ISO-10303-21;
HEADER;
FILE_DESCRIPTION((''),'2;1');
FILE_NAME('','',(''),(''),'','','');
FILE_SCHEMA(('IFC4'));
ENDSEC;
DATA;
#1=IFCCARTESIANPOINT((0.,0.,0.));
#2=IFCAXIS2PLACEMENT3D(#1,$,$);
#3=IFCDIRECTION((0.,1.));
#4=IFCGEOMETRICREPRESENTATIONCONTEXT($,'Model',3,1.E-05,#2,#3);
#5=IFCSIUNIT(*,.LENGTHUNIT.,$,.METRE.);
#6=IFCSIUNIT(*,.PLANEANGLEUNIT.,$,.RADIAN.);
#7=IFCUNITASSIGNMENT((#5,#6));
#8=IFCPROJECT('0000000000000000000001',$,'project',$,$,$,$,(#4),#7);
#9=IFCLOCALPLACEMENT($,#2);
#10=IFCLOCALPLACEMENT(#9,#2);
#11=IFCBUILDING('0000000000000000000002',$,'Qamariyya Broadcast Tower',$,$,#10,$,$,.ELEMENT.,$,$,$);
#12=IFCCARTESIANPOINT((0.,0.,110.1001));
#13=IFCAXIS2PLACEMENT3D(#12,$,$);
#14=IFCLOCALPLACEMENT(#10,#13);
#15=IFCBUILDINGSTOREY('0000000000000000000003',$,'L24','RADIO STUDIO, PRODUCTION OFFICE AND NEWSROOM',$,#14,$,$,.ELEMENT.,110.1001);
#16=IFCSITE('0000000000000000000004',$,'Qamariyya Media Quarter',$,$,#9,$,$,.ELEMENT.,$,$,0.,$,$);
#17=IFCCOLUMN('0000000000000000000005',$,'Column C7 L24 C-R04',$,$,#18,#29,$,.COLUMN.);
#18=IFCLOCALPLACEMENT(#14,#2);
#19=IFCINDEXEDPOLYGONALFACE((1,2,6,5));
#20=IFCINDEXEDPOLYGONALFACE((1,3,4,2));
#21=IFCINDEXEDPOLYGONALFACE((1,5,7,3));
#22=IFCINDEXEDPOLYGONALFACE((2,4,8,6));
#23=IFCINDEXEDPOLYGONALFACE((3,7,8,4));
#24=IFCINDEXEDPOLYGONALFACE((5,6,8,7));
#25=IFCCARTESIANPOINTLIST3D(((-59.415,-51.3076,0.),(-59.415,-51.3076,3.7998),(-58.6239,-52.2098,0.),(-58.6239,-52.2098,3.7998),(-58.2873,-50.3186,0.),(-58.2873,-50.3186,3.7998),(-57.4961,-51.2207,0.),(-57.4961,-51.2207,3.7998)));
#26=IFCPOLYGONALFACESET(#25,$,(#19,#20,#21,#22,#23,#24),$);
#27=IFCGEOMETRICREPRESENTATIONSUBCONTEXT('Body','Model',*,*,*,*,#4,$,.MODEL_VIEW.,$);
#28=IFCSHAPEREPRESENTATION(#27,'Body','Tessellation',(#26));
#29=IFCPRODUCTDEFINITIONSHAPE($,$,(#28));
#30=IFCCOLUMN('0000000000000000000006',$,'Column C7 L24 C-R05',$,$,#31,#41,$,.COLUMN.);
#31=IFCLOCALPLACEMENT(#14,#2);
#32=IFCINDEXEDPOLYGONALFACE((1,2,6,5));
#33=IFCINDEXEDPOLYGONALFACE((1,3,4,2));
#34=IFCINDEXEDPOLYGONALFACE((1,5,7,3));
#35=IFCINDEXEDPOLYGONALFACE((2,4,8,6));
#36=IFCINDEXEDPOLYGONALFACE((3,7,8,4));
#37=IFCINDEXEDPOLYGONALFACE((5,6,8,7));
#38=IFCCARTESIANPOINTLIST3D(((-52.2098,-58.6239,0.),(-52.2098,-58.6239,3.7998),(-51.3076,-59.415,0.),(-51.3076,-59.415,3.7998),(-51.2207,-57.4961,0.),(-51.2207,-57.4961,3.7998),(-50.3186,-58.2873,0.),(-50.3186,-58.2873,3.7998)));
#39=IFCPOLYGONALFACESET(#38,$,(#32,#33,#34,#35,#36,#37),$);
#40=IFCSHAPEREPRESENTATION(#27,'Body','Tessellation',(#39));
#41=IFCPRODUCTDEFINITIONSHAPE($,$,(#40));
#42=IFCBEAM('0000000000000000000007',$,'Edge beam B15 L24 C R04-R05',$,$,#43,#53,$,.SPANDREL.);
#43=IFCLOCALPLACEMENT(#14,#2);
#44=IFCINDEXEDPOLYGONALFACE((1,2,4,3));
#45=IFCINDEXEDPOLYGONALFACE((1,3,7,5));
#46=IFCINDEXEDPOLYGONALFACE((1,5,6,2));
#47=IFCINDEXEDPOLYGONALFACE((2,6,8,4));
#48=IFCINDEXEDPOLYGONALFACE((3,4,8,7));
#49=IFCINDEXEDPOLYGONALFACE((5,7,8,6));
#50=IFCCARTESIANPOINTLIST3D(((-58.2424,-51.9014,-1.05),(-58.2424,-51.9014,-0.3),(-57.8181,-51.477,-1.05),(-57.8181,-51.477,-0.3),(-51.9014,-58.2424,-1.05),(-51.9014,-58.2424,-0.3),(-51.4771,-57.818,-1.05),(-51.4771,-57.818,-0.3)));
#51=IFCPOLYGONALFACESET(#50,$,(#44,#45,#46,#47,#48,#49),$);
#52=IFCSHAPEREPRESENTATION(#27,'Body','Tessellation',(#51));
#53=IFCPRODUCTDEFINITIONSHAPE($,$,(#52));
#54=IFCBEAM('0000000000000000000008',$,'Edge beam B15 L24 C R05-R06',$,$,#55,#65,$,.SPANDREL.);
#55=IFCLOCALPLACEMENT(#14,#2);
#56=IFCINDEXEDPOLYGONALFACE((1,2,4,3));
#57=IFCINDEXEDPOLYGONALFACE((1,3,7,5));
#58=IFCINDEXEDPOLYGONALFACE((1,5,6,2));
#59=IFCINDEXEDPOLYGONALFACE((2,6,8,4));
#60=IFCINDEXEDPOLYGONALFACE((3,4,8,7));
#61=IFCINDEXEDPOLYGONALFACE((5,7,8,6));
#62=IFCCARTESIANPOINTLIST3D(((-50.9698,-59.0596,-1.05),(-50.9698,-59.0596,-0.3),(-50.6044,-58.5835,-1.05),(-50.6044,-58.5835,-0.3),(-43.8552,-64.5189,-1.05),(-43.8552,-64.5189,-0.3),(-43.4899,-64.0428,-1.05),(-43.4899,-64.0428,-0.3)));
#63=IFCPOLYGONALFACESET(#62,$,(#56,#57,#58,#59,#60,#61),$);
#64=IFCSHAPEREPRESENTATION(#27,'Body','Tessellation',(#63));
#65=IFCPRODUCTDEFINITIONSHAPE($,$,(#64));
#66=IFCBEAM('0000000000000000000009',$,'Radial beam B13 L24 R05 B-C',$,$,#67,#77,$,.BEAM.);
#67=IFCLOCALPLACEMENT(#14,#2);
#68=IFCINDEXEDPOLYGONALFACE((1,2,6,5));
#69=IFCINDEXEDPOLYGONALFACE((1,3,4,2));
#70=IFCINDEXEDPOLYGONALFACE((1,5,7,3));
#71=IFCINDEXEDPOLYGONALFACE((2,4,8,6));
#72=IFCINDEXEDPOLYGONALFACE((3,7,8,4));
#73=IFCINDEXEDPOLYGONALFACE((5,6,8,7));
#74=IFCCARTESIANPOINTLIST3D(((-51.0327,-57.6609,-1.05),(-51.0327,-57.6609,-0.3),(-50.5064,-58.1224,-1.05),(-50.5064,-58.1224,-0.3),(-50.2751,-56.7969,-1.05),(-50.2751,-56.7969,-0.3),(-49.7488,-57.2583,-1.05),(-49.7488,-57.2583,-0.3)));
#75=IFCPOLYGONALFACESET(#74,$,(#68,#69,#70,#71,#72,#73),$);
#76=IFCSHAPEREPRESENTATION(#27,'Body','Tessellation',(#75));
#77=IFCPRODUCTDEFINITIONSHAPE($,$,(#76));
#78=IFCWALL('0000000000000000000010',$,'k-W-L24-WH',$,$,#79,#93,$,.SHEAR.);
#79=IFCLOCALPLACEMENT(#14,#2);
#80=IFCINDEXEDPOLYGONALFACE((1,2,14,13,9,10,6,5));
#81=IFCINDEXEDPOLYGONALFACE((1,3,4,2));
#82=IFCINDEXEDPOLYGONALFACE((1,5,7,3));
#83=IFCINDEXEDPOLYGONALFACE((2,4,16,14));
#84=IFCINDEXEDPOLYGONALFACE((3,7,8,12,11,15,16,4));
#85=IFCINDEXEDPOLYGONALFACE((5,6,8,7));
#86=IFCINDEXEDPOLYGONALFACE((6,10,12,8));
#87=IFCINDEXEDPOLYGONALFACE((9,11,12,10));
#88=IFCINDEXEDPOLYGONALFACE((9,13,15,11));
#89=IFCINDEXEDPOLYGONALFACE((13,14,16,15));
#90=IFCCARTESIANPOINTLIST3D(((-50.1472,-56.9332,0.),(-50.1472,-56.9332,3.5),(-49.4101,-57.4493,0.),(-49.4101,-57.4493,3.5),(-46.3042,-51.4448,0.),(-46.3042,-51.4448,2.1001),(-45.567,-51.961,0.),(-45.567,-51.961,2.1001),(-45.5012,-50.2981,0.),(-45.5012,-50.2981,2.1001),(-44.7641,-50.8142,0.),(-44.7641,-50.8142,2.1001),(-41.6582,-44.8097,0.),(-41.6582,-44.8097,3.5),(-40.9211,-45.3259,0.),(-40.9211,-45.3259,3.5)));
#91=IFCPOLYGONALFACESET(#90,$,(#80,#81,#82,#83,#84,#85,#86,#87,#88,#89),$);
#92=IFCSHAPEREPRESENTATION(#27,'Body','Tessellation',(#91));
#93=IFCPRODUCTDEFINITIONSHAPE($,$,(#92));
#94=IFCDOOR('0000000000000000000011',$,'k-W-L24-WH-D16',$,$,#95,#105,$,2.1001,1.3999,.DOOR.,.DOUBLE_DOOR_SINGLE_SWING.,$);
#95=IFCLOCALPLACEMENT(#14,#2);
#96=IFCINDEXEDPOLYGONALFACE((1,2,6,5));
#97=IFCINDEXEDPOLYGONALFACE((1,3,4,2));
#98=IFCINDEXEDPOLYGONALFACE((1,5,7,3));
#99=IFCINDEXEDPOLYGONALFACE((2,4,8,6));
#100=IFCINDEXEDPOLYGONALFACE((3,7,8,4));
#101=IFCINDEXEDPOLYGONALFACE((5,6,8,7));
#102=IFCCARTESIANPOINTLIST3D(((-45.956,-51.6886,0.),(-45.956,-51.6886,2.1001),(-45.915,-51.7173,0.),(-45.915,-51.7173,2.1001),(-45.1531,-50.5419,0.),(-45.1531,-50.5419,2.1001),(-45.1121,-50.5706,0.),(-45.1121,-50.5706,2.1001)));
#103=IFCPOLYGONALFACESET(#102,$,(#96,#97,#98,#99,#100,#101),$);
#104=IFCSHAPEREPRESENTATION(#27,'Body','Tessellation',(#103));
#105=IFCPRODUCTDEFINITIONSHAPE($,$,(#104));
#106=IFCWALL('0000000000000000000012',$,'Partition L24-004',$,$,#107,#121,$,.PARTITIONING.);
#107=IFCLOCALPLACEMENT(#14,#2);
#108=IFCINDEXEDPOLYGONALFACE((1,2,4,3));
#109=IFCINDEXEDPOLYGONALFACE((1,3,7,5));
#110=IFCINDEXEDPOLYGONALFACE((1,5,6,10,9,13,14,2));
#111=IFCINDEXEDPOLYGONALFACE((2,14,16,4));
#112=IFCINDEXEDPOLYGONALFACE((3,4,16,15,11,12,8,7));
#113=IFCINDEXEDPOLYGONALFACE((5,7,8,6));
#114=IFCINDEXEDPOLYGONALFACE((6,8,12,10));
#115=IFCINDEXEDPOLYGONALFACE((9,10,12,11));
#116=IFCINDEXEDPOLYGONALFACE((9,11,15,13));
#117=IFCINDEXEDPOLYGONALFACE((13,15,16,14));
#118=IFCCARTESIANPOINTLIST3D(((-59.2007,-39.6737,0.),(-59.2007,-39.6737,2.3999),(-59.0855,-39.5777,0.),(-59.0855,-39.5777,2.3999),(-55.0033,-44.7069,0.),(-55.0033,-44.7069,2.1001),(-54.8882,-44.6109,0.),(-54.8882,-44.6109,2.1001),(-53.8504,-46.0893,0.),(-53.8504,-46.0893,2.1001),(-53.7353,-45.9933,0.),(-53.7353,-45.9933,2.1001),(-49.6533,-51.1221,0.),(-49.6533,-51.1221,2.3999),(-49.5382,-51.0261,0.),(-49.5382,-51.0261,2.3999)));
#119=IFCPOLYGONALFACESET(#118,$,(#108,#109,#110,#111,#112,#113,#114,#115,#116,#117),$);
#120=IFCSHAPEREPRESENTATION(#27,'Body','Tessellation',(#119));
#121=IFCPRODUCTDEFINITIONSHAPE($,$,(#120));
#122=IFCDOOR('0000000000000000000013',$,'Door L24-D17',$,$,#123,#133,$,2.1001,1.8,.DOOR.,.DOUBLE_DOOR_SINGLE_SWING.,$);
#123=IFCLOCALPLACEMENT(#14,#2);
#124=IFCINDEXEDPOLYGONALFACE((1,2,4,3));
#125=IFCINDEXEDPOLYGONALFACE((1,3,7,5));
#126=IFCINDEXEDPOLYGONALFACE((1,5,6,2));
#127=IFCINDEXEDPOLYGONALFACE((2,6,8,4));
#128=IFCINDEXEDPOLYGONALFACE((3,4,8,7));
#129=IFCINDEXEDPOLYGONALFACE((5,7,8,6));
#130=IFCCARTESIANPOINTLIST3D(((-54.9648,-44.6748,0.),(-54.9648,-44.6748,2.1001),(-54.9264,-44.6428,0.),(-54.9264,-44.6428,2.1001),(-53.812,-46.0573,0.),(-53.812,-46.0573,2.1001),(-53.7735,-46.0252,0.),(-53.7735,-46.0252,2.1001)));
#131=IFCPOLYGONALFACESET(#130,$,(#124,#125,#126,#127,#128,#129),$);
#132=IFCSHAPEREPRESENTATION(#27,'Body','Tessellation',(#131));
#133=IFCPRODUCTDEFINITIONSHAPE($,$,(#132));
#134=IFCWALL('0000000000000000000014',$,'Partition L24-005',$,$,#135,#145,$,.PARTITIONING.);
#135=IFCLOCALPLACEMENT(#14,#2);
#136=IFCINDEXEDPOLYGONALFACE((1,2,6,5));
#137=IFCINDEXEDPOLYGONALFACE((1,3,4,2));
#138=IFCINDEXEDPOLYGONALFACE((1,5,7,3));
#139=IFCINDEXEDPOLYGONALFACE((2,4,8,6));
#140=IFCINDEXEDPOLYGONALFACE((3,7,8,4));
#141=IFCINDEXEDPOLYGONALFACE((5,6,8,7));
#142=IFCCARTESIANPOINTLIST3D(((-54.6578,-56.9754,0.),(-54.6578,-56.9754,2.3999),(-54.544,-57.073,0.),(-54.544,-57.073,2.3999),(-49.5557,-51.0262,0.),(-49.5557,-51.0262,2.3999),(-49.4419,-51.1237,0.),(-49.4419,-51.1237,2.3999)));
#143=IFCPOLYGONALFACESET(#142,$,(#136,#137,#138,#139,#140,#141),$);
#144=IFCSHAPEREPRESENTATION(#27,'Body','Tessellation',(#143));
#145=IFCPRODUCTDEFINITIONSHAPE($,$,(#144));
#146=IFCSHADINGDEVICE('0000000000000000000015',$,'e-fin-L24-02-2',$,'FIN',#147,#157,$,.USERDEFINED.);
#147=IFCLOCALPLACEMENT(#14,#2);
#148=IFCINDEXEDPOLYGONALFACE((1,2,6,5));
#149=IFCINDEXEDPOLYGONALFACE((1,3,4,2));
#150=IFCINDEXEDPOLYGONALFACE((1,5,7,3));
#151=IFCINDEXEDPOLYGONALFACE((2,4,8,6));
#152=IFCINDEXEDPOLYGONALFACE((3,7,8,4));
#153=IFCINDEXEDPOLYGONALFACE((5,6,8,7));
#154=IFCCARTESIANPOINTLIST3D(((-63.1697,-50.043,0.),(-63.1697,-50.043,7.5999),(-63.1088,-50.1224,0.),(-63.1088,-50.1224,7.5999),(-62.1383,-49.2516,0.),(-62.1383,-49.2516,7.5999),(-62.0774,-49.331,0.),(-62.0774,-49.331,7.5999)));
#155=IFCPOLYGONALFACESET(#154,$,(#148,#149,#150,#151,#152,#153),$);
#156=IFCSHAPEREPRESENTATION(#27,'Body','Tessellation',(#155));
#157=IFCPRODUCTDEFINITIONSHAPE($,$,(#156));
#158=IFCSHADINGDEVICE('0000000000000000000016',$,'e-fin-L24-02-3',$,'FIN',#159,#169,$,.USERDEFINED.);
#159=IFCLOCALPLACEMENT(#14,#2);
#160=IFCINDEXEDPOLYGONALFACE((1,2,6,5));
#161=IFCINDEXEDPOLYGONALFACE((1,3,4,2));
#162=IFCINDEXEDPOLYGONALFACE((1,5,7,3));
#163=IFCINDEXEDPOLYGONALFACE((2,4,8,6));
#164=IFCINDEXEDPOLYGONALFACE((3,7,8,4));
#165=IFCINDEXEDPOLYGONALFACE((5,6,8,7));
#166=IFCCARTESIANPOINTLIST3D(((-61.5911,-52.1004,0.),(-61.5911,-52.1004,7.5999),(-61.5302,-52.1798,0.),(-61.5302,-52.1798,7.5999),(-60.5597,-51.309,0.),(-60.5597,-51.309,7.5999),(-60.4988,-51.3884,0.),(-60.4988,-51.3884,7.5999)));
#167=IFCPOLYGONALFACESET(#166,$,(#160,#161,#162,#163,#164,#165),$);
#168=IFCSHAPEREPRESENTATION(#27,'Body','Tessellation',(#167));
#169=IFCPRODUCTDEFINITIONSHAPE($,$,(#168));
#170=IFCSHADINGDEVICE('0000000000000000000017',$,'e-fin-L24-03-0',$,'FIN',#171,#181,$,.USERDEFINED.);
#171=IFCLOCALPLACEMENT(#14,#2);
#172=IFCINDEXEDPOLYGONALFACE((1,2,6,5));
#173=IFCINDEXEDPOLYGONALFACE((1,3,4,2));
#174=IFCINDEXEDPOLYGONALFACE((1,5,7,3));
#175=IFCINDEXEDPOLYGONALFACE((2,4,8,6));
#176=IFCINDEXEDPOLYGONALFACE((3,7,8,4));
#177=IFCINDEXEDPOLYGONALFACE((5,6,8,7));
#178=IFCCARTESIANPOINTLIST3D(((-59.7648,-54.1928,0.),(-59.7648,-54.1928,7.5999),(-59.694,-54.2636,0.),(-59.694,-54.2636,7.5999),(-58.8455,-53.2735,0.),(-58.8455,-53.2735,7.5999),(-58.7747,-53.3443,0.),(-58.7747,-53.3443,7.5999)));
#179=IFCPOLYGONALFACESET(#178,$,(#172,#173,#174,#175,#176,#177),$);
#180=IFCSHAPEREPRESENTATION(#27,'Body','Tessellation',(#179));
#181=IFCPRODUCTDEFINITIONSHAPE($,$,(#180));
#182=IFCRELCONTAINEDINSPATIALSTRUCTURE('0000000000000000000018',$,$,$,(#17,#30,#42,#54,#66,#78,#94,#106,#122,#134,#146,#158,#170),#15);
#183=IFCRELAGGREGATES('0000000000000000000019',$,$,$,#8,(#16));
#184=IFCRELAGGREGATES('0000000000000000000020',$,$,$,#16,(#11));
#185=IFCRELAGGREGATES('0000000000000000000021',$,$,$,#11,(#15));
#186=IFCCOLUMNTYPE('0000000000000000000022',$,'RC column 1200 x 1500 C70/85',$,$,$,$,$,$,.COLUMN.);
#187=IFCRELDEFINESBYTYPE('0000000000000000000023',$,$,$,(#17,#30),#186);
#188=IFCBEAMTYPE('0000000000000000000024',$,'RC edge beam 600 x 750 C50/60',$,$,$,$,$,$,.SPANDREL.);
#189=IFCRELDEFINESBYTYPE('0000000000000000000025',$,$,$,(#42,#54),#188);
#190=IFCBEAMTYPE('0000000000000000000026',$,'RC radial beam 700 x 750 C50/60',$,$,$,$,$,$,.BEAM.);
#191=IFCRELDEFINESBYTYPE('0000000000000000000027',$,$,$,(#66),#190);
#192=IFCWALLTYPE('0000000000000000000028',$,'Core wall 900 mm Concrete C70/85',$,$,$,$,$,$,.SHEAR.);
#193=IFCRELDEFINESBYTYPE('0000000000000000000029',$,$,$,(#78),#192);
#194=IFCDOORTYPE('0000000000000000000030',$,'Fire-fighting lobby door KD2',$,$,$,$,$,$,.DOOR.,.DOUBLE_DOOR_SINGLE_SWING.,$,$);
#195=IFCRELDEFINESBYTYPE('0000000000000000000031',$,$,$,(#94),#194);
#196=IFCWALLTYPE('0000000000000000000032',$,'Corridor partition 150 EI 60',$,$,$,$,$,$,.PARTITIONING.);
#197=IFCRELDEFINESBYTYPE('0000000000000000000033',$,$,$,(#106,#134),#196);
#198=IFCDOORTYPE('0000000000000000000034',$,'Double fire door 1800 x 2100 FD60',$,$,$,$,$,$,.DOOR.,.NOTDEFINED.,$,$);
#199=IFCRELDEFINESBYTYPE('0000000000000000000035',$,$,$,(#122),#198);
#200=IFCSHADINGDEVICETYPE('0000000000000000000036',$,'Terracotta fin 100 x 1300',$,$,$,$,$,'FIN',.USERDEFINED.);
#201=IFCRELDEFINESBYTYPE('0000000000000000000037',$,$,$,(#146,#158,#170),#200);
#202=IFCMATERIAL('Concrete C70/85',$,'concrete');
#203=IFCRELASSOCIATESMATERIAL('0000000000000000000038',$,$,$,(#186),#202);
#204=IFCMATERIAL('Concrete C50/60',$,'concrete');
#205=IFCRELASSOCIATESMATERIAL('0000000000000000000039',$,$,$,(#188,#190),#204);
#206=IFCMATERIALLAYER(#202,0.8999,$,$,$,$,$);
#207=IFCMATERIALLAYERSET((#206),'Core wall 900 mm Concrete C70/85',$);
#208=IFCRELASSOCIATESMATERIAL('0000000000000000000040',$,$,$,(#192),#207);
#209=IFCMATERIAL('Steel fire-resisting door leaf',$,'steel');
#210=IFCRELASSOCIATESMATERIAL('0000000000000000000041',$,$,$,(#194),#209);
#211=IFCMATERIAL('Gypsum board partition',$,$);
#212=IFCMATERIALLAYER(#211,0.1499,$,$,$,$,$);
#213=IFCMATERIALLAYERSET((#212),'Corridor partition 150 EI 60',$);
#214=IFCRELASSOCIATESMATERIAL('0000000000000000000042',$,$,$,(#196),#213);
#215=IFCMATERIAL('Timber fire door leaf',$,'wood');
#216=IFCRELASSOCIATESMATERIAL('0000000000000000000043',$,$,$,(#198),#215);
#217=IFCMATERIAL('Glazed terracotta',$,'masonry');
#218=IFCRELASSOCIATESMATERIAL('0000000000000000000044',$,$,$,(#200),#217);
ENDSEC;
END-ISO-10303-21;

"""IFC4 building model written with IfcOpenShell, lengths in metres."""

from ifc_helpers import new_model, si_unit, direction, frame, frame_2d, origin, origin_2d, place, context, subcontext, project, spatial, rectangle, extrude, material, layer, layer_set, material_profile, profile_set, type_object, element, fill, save


model = new_model("IFC4")

# Units and contexts
model_context = context("Model", 3, precision=1e-05, world=origin(), true_north=direction((0.0, 1.0)))
body_context = subcontext(model_context, "Body", "Model", "MODEL_VIEW")
ifc_project = project(units=[si_unit("LENGTHUNIT", "METRE"), si_unit("PLANEANGLEUNIT", "RADIAN")], contexts=[model_context])

# Site, building, storey
site_placement = place(None, origin())
site = spatial("IfcSite", under=ifc_project, at=site_placement, Name="Qamariyya Media Quarter", CompositionType="ELEMENT", RefElevation=0.0)
building_placement = place(site_placement, origin())
building = spatial("IfcBuilding", under=site, at=building_placement, Name="Qamariyya Broadcast Tower", CompositionType="ELEMENT")
storey_placement = place(building_placement, frame((0.0, 0.0, 110.1001)))
storey = spatial("IfcBuildingStorey", under=building, at=storey_placement, Name="L24", Description="RADIO STUDIO, PRODUCTION OFFICE AND NEWSROOM", CompositionType="ELEMENT", Elevation=110.1001)

# Columns
ifc_material_1 = material(Name="Concrete C70/85", Category="concrete")
ifc_material_profile_1 = material_profile(ifc_material_1, rectangle(XDim=1.2, YDim=1.5, at=origin_2d()))
ifc_profile_set_1 = profile_set([ifc_material_profile_1], Name="Concrete C70/85")
column_type = type_object("IfcColumnType", Name="RC column 1200 x 1500 C70/85", PredefinedType="COLUMN", material=ifc_profile_set_1)
for number, where, z_axis, x_axis, name in (
    (1, (-58.4556, -51.2642, 0.0), (0.0, 0.0, 1.0), (0.659346, -0.75184, 0.0), "Column C7 L24 C-R04"),
    (2, (-51.2642, -58.4556, 0.0), (0.0, 0.0, 1.0), (0.75184, -0.659346, 0.0), "Column C7 L24 C-R05"),
):
    element("IfcColumn", number, at=place(storey_placement, frame(where, z_axis=z_axis, x_axis=x_axis)), inside=storey, type_object=column_type, Name=name, PredefinedType="COLUMN", context=body_context, shape_type="SweptSolid", body=[
        extrude(rectangle(XDim=1.2, YDim=1.5, at=origin_2d()), origin(), (0.0, 0.0, 1.0), 3.7998),
    ])

# Beams
ifc_material_2 = material(Name="Concrete C50/60", Category="concrete")
ifc_material_profile_2 = material_profile(ifc_material_2, rectangle(XDim=0.6001, YDim=0.75, at=origin_2d()))
ifc_profile_set_2 = profile_set([ifc_material_profile_2], Name="Concrete C50/60")
beam_type_1 = type_object("IfcBeamType", Name="RC edge beam 600 x 750 C50/60", PredefinedType="SPANDREL", material=ifc_profile_set_2)
beam_1_placement = place(storey_placement, frame((-58.0303, -51.6892, -0.675), z_axis=(0.707107, -0.707107, 0.0), x_axis=(0.707107, 0.707107, 0.0)))
element("IfcBeam", 3, at=beam_1_placement, inside=storey, type_object=beam_type_1, Name="Edge beam B15 L24 C R04-R05", PredefinedType="SPANDREL", context=body_context, shape_type="SweptSolid", body=[
    extrude(rectangle(XDim=0.6001, YDim=0.75, at=origin_2d()), origin(), (0.0, 0.0, 1.0), 8.9675),
])
beam_2_placement = place(storey_placement, frame((-50.7871, -58.8215, -0.675), z_axis=(0.793349, -0.608767, 0.0), x_axis=(0.608767, 0.793349, 0.0)))
element("IfcBeam", 4, at=beam_2_placement, inside=storey, type_object=beam_type_1, Name="Edge beam B15 L24 C R05-R06", PredefinedType="SPANDREL", context=body_context, shape_type="SweptSolid", body=[
    extrude(rectangle(XDim=0.6001, YDim=0.75, at=origin_2d()), origin(), (0.0, 0.0, 1.0), 8.9678),
])
ifc_material_profile_3 = material_profile(ifc_material_2, rectangle(XDim=0.7, YDim=0.75, at=origin_2d()))
ifc_profile_set_3 = profile_set([ifc_material_profile_3], Name="Concrete C50/60")
beam_type_2 = type_object("IfcBeamType", Name="RC radial beam 700 x 750 C50/60", PredefinedType="BEAM", material=ifc_profile_set_3)
beam_3_placement = place(storey_placement, frame((-50.012, -57.0276, -0.675), z_axis=(-0.659271, -0.751905, 0.0), x_axis=(0.751905, -0.659271, 0.0)))
element("IfcBeam", 5, at=beam_3_placement, inside=storey, type_object=beam_type_2, Name="Radial beam B13 L24 R05 B-C", PredefinedType="BEAM", context=body_context, shape_type="SweptSolid", body=[
    extrude(rectangle(XDim=0.7, YDim=0.75, at=origin_2d()), origin(), (0.0, 0.0, 1.0), 1.1492),
])

# Walls, openings, doors
ifc_layer_1 = layer(ifc_material_1, 0.8999)
ifc_layer_set_1 = layer_set([ifc_layer_1], Name="Core wall 900 mm Concrete C70/85")
wall_type_1 = type_object("IfcWallType", Name="Core wall 900 mm Concrete C70/85", PredefinedType="SHEAR", material=ifc_layer_set_1)
wall_1_placement = place(storey_placement, frame((-49.7786, -57.1912, 0.0), z_axis=(0.0, 0.0, 1.0), x_axis=(0.573577, 0.819151, 0.0)))
wall_1 = element("IfcWall", 6, at=wall_1_placement, inside=storey, type_object=wall_type_1, Name="k-W-L24-WH", PredefinedType="SHEAR", context=body_context, shape_type="SweptSolid", body=[
    extrude(rectangle(XDim=14.8, YDim=0.8999, at=frame_2d((7.3999, 0.0))), origin(), (0.0, 0.0, 1.0), 3.5),
])
opening_1_placement = place(wall_1_placement, frame((6.7, 0.0, 0.0)))
opening_1 = element("IfcOpeningElement", 7, at=opening_1_placement, cuts=wall_1, PredefinedType="OPENING", context=body_context, shape_type="SweptSolid", body=[
    extrude(rectangle(XDim=1.3999, YDim=2.1001, at=frame_2d((0.7, 1.05))), frame((0.0, 0.46, 0.0), z_axis=(0.0, -1.0, 0.0), x_axis=(1.0, 0.0, 0.0)), (0.0, 0.0, 1.0), 0.9199),
])
ifc_material_3 = material(Name="Steel fire-resisting door leaf", Category="steel")
door_type_1 = type_object("IfcDoorType", Name="Fire-fighting lobby door KD2", OperationType="DOUBLE_DOOR_SINGLE_SWING", PredefinedType="DOOR", material=ifc_material_3)
door_1_placement = place(opening_1_placement, origin())
door_1 = element("IfcDoor", 8, at=door_1_placement, inside=storey, type_object=door_type_1, Name="k-W-L24-WH-D16", OperationType="DOUBLE_DOOR_SINGLE_SWING", OverallHeight=2.1001, OverallWidth=1.3999, PredefinedType="DOOR", context=body_context, shape_type="SweptSolid", body=[
    extrude(rectangle(XDim=1.3999, YDim=2.1001, at=frame_2d((0.7, 1.05))), frame((0.0, 0.0249, 0.0), z_axis=(0.0, -1.0, 0.0), x_axis=(1.0, 0.0, 0.0)), (0.0, 0.0, 1.0), 0.05),
])
fill(opening_1, door_1)
ifc_material_4 = material(Name="Gypsum board partition")
ifc_layer_2 = layer(ifc_material_4, 0.1499)
ifc_layer_set_2 = layer_set([ifc_layer_2], Name="Corridor partition 150 EI 60")
wall_type_2 = type_object("IfcWallType", Name="Corridor partition 150 EI 60", PredefinedType="PARTITIONING", material=ifc_layer_set_2)
wall_2_placement = place(storey_placement, frame((-49.5957, -51.0742, 0.0), z_axis=(0.0, 0.0, 1.0), x_axis=(-0.64046, 0.767992, 0.0)))
wall_2 = element("IfcWall", 9, at=wall_2_placement, inside=storey, type_object=wall_type_2, Name="Partition L24-004", PredefinedType="PARTITIONING", context=body_context, shape_type="SweptSolid", body=[
    extrude(rectangle(XDim=14.907, YDim=0.1499, at=frame_2d((7.4536, 0.0))), origin(), (0.0, 0.0, 1.0), 2.3999),
])
opening_2_placement = place(wall_2_placement, frame((6.5535, 0.0, 0.0)))
opening_2 = element("IfcOpeningElement", 10, at=opening_2_placement, cuts=wall_2, PredefinedType="OPENING", context=body_context, shape_type="SweptSolid", body=[
    extrude(rectangle(XDim=1.8, YDim=2.1001, at=frame_2d((0.8999, 1.05))), frame((0.0, 0.085, 0.0), z_axis=(0.0, -1.0, 0.0), x_axis=(1.0, 0.0, 0.0)), (0.0, 0.0, 1.0), 0.1699),
])
ifc_material_5 = material(Name="Timber fire door leaf", Category="wood")
door_type_2 = type_object("IfcDoorType", Name="Double fire door 1800 x 2100 FD60", OperationType="NOTDEFINED", PredefinedType="DOOR", material=ifc_material_5)
door_2_placement = place(opening_2_placement, origin())
door_2 = element("IfcDoor", 11, at=door_2_placement, inside=storey, type_object=door_type_2, Name="Door L24-D17", OperationType="DOUBLE_DOOR_SINGLE_SWING", OverallHeight=2.1001, OverallWidth=1.8, PredefinedType="DOOR", context=body_context, shape_type="SweptSolid", body=[
    extrude(rectangle(XDim=1.8, YDim=2.1001, at=frame_2d((0.8999, 1.05))), frame((0.0, 0.0249, 0.0), z_axis=(0.0, -1.0, 0.0), x_axis=(1.0, 0.0, 0.0)), (0.0, 0.0, 1.0), 0.05),
])
fill(opening_2, door_2)

# Wall
wall_3_placement = place(storey_placement, frame((-49.4988, -51.075, 0.0), z_axis=(0.0, 0.0, 1.0), x_axis=(-0.650991, -0.759085, 0.0)))
element("IfcWall", 12, at=wall_3_placement, inside=storey, type_object=wall_type_2, Name="Partition L24-005", PredefinedType="PARTITIONING", context=body_context, shape_type="SweptSolid", body=[
    extrude(rectangle(XDim=7.8374, YDim=0.1499, at=frame_2d((3.9187, 0.0))), origin(), (0.0, 0.0, 1.0), 2.3999),
])

# Shading devices
ifc_material_6 = material(Name="Glazed terracotta", Category="masonry")
ifc_material_profile_4 = material_profile(ifc_material_6, rectangle(XDim=1.3, YDim=0.1001, at=origin_2d()))
ifc_profile_set_4 = profile_set([ifc_material_profile_4], Name="Glazed terracotta")
shading_device_type_1 = type_object("IfcShadingDeviceType", Name="Terracotta fin 100 x 1300", ElementType="FIN", PredefinedType="USERDEFINED", material=ifc_profile_set_4)
for number, where, z_axis, x_axis, name in (
    (13, (-62.6235, -49.687, 0.0), (0.0, 0.0, 1.0), (-0.793353, -0.608761, 0.0), "e-fin-L24-02-2"),
    (14, (-61.0449, -51.7444, 0.0), (0.0, 0.0, 1.0), (-0.793353, -0.608761, 0.0), "e-fin-L24-02-3"),
    (15, (-59.2698, -53.7686, 0.0), (0.0, 0.0, 1.0), (-0.707107, -0.707107, 0.0), "e-fin-L24-03-0"),
):
    element("IfcShadingDevice", number, at=place(storey_placement, frame(where, z_axis=z_axis, x_axis=x_axis)), inside=storey, type_object=shading_device_type_1, Name=name, ObjectType="FIN", PredefinedType="USERDEFINED", context=body_context, shape_type="SweptSolid", body=[
        extrude(rectangle(XDim=1.3, YDim=0.1001, at=origin_2d()), origin(), (0.0, 0.0, 1.0), 7.5999),
    ])

save(model, "model.ifc")
